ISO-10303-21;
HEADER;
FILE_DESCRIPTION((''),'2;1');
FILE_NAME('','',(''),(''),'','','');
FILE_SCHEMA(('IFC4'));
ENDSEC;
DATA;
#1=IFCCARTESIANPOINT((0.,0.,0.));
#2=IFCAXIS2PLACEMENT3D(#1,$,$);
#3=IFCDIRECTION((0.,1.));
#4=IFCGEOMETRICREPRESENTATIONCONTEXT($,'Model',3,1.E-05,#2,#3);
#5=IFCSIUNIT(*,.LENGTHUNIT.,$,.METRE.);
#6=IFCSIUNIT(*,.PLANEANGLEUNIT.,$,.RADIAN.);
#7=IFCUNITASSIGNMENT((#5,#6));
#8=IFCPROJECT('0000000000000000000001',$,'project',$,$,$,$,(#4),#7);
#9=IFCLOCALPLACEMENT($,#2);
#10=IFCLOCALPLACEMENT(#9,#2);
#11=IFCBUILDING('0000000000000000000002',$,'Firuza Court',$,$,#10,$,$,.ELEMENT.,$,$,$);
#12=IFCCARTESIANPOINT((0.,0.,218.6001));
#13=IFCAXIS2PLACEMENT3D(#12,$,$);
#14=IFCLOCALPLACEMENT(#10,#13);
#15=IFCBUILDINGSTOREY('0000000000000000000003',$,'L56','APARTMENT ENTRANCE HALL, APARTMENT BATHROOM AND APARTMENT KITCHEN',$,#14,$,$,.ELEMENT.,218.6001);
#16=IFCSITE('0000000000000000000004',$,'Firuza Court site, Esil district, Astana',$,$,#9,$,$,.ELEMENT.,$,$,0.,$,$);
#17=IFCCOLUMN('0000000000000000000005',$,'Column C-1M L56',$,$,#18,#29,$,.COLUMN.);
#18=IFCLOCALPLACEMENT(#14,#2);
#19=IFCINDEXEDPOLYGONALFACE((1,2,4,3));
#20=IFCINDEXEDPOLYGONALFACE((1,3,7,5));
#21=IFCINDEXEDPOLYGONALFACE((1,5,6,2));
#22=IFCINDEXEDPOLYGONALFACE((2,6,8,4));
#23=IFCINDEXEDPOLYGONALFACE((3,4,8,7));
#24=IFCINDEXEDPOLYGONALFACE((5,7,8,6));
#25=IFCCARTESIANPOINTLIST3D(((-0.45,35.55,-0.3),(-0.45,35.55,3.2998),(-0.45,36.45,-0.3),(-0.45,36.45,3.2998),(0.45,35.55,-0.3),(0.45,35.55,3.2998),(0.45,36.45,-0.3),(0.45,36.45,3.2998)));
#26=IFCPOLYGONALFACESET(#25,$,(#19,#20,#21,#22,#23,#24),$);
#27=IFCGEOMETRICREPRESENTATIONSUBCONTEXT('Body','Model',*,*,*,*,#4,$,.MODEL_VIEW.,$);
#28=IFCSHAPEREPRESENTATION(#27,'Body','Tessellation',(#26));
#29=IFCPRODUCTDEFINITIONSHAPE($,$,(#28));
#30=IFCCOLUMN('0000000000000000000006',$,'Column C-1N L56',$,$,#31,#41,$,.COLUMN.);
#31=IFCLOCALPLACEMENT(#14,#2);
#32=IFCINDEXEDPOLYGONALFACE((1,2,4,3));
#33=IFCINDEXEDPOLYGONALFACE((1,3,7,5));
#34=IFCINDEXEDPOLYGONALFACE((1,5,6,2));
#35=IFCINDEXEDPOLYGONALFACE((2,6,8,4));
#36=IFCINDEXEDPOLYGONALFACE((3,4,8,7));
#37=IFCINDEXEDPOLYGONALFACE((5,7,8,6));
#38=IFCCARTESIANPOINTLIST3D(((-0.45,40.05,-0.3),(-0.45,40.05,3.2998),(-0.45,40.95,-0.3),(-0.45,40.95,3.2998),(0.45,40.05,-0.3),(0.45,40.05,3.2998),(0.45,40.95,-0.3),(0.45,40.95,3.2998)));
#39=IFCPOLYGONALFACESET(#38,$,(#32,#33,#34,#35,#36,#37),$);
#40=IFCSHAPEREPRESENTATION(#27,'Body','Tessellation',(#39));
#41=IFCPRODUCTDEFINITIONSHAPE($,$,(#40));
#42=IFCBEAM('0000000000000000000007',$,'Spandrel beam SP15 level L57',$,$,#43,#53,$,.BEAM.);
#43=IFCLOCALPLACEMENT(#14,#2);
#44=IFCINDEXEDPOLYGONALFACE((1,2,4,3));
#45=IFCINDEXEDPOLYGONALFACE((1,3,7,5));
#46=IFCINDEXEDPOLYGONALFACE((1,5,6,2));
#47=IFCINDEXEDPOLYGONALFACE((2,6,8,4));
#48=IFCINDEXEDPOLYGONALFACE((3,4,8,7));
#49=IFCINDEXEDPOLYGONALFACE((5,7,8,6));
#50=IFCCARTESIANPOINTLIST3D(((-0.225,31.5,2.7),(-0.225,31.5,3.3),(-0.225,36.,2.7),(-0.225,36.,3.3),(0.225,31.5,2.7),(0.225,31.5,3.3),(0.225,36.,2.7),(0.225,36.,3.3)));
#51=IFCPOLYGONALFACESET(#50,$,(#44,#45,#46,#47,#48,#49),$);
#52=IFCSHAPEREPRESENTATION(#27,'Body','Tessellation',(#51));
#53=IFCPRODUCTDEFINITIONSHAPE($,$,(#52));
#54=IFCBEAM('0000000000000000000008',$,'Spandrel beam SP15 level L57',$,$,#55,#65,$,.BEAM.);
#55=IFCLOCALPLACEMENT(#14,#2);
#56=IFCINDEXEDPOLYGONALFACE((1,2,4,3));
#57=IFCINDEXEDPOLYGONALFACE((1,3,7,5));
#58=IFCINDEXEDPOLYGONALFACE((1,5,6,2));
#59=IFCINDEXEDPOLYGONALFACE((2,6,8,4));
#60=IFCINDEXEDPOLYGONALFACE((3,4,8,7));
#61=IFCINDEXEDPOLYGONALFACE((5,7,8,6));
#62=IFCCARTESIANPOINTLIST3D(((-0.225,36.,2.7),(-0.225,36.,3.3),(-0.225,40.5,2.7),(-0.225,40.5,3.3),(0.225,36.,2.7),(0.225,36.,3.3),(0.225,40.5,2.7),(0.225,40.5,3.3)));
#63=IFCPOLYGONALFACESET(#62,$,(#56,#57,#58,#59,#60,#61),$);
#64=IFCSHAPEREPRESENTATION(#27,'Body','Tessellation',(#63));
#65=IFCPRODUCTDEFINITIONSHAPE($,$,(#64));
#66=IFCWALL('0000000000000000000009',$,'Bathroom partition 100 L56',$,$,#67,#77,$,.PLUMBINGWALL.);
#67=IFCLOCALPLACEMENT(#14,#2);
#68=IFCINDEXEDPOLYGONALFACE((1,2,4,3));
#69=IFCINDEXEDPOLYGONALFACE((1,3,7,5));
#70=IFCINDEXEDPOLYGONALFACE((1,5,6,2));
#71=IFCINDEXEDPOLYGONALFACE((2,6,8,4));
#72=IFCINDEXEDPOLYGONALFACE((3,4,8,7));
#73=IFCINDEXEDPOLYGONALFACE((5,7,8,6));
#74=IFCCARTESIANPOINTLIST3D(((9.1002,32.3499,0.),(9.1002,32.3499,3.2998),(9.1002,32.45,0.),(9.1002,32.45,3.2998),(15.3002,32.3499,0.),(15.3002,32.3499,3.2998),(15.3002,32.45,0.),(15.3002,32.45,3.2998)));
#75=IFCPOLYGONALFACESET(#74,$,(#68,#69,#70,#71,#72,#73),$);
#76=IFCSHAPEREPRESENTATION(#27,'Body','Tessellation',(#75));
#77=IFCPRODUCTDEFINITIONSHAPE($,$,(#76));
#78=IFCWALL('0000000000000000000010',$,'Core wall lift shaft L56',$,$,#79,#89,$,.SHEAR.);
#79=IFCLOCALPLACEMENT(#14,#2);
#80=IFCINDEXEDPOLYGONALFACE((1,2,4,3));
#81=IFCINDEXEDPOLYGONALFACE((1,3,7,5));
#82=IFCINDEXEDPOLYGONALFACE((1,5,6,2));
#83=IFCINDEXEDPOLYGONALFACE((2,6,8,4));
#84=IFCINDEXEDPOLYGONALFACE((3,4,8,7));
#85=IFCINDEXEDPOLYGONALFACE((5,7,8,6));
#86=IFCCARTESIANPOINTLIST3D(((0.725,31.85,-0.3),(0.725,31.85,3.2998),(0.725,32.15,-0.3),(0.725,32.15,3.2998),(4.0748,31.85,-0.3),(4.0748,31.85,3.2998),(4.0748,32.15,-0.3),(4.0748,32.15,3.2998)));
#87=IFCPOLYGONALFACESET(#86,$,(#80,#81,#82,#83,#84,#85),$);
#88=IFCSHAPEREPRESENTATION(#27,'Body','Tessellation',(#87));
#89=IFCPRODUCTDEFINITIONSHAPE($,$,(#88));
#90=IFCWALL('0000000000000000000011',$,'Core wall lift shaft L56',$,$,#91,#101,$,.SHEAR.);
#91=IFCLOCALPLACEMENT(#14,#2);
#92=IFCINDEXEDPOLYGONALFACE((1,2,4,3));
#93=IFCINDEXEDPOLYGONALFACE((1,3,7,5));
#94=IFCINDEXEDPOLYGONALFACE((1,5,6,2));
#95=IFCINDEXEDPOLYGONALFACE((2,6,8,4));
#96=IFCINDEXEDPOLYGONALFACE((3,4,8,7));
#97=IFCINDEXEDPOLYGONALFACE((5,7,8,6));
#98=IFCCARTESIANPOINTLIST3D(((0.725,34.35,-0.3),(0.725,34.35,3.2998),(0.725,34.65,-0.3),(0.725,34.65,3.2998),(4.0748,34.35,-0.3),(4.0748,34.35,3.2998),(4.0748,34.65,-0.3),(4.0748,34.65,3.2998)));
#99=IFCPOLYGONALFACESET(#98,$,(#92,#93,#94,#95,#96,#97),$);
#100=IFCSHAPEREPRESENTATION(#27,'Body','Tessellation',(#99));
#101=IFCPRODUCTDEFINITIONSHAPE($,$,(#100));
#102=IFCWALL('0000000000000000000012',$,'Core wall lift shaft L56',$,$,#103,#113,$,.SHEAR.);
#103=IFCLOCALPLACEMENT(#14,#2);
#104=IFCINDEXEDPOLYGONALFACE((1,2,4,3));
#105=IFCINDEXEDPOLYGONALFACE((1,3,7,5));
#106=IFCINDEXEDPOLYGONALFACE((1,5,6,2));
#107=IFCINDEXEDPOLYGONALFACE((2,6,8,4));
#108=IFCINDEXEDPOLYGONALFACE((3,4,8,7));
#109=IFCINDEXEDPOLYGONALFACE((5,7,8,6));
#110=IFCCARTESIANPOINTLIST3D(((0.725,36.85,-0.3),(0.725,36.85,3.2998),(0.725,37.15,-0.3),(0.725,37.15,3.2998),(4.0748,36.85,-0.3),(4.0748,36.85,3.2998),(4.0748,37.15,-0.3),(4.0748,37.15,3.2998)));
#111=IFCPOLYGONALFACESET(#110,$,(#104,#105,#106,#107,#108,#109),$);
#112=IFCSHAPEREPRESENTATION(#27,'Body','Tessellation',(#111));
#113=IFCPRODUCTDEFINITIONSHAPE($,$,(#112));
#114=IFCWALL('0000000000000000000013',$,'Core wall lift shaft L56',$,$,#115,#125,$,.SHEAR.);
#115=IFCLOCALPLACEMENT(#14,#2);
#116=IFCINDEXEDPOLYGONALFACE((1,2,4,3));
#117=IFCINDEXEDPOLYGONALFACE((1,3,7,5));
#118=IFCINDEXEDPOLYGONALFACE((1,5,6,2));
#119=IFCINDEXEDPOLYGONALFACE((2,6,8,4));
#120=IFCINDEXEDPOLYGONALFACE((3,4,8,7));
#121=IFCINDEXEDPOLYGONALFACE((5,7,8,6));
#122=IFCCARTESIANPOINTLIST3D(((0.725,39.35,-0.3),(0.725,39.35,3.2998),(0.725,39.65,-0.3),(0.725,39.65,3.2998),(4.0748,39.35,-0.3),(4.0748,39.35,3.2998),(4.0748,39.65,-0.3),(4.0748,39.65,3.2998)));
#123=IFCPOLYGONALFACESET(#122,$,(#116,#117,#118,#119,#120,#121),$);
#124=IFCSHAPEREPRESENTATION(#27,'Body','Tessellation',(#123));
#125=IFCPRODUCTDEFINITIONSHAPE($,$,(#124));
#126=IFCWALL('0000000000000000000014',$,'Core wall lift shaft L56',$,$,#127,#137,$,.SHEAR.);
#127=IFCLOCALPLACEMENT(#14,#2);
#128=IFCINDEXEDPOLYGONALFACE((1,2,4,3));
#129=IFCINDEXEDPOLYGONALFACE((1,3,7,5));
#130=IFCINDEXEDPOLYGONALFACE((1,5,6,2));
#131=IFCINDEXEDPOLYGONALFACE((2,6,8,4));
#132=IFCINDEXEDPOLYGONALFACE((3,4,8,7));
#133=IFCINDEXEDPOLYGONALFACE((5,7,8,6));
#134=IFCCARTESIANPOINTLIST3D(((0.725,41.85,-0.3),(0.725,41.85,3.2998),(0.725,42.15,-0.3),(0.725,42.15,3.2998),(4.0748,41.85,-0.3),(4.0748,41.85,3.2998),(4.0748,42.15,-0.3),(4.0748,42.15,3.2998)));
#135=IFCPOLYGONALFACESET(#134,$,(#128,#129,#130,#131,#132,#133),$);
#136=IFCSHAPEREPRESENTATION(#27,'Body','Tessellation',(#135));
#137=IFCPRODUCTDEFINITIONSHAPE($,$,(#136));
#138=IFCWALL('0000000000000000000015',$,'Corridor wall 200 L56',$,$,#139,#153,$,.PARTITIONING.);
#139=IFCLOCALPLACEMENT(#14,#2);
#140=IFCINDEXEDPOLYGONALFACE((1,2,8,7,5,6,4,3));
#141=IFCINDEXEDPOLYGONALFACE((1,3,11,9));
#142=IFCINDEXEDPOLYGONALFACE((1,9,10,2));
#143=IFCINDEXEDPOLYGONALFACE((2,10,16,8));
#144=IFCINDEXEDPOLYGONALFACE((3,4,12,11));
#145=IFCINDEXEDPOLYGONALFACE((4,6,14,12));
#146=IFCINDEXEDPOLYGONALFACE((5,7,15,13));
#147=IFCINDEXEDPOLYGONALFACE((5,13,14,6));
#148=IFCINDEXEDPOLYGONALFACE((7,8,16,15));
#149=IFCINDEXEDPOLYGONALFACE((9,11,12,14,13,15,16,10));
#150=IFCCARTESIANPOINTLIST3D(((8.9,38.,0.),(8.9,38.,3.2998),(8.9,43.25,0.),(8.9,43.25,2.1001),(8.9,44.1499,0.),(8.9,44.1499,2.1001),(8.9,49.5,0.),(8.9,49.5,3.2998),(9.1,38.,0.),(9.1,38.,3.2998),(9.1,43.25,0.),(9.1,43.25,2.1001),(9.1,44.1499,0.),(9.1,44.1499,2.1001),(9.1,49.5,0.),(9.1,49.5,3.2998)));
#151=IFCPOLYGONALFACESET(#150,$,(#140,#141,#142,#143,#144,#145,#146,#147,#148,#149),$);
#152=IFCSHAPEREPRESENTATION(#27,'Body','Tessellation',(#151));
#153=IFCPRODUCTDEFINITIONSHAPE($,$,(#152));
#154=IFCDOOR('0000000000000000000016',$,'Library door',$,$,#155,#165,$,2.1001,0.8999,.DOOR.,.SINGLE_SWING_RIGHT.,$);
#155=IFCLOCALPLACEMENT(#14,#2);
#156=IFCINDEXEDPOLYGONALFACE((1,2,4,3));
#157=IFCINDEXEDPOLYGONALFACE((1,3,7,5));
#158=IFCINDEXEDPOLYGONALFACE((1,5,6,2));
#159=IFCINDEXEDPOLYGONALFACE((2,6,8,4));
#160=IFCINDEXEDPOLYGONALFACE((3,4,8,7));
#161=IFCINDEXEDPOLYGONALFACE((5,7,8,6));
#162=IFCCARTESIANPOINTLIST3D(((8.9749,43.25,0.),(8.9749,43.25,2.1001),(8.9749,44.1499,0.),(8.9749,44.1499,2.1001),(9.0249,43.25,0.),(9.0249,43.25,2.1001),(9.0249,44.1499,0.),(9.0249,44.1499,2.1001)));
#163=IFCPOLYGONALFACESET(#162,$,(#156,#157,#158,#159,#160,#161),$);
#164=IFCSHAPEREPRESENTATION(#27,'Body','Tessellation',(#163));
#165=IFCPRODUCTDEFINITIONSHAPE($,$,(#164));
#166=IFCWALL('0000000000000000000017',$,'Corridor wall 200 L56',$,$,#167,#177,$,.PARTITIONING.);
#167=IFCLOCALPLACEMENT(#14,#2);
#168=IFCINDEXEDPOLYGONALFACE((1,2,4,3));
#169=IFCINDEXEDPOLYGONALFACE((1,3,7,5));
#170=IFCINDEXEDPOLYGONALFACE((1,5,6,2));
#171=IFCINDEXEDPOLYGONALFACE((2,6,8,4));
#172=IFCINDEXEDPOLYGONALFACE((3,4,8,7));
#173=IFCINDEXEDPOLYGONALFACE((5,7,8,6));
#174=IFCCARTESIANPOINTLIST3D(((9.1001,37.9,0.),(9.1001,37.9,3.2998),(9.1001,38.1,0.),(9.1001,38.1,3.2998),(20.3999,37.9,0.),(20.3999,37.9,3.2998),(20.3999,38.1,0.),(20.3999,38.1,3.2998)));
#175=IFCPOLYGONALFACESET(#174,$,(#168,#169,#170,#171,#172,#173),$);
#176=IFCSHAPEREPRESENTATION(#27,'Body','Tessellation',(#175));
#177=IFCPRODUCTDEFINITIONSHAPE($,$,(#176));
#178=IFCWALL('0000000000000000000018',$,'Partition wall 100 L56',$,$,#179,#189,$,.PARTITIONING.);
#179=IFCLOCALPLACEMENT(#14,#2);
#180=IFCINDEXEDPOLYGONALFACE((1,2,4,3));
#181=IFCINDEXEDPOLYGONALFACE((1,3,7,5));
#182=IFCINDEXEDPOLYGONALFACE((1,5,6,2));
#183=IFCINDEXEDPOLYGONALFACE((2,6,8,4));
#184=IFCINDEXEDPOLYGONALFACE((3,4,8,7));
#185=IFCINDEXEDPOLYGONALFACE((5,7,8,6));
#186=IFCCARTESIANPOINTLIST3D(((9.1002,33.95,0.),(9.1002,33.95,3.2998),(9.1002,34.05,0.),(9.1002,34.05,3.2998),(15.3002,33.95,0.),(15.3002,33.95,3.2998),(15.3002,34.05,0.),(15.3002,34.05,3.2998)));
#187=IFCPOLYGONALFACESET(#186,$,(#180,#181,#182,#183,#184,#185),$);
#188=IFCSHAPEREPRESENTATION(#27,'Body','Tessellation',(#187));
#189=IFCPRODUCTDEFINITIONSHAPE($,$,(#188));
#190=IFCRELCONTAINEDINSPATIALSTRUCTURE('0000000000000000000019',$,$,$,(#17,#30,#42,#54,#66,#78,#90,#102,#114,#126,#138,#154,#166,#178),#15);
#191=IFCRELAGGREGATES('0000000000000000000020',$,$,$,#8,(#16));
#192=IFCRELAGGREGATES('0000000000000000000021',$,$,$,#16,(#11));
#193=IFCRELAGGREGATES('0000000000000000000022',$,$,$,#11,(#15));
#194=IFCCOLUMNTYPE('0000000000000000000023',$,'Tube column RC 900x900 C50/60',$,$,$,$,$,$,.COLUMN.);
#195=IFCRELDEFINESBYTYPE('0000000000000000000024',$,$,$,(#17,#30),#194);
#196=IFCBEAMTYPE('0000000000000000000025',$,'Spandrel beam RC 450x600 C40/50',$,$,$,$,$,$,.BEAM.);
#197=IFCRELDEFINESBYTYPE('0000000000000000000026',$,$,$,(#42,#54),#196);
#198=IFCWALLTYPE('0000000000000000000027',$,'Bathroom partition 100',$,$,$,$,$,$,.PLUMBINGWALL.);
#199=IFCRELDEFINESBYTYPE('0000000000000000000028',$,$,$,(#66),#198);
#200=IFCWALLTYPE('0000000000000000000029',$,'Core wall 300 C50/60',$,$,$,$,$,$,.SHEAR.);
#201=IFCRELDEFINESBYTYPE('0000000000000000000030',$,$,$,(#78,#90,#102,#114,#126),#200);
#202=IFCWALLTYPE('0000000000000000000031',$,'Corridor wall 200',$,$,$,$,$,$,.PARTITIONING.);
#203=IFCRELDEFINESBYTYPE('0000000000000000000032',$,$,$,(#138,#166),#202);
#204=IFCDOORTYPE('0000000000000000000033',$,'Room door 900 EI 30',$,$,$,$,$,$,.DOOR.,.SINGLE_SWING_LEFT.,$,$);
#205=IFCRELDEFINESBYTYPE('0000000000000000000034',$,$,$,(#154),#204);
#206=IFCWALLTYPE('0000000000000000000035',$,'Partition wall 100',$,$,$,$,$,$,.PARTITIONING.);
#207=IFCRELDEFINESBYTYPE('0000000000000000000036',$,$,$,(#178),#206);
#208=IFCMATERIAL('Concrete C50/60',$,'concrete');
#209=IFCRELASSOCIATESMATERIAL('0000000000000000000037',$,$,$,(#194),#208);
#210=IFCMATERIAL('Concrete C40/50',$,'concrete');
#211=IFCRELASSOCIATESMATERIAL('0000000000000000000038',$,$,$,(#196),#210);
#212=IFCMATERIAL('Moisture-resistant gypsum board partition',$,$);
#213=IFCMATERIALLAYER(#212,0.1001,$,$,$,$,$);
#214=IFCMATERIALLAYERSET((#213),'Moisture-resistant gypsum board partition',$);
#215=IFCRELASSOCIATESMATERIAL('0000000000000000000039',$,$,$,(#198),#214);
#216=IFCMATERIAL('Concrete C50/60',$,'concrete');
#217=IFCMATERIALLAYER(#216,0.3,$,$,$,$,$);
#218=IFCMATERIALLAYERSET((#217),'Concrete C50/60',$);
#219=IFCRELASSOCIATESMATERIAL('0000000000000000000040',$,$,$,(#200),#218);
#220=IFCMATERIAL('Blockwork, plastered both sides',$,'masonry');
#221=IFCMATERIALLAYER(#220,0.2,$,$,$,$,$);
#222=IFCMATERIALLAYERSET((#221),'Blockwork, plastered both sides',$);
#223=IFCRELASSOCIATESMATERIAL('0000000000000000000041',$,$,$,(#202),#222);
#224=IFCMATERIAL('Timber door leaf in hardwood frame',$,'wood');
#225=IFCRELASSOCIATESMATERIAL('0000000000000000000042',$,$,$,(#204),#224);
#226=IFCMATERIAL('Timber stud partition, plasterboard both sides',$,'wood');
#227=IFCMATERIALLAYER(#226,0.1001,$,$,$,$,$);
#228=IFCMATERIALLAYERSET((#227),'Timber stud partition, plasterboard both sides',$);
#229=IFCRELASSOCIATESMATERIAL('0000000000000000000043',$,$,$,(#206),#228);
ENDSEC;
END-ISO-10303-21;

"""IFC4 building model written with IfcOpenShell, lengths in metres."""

from ifc_helpers import new_model, si_unit, direction, frame, frame_2d, origin, origin_2d, place, context, subcontext, project, spatial, rectangle, extrude, material, layer, layer_set, material_profile, profile_set, type_object, element, fill, save


model = new_model("IFC4")

# Units and contexts
model_context = context("Model", 3, precision=1e-05, world=origin(), true_north=direction((0.0, 1.0)))
body_context = subcontext(model_context, "Body", "Model", "MODEL_VIEW")
ifc_project = project(units=[si_unit("LENGTHUNIT", "METRE"), si_unit("PLANEANGLEUNIT", "RADIAN")], contexts=[model_context])

# Site, building, storey
site_placement = place(None, origin())
site = spatial("IfcSite", under=ifc_project, at=site_placement, Name="Firuza Court site, Esil district, Astana", CompositionType="ELEMENT", RefElevation=0.0)
building_placement = place(site_placement, origin())
building = spatial("IfcBuilding", under=site, at=building_placement, Name="Firuza Court", CompositionType="ELEMENT")
storey_placement = place(building_placement, frame((0.0, 0.0, 218.6001)))
storey = spatial("IfcBuildingStorey", under=building, at=storey_placement, Name="L56", Description="APARTMENT ENTRANCE HALL, APARTMENT BATHROOM AND APARTMENT KITCHEN", CompositionType="ELEMENT", Elevation=218.6001)

# Columns
ifc_material_1 = material(Name="Concrete C50/60", Category="concrete")
ifc_material_profile_1 = material_profile(ifc_material_1, rectangle(XDim=0.8999, YDim=0.8999, at=origin_2d()), Name="RC 900x900")
ifc_profile_set_1 = profile_set([ifc_material_profile_1], Name="Concrete C50/60")
column_type = type_object("IfcColumnType", Name="Tube column RC 900x900 C50/60", PredefinedType="COLUMN", material=ifc_profile_set_1)
for number, where, z_axis, x_axis, name in (
    (1, (0.0, 36.0, -0.3), (0.0, 0.0, 1.0), (1.0, 0.0, 0.0), "Column C-1M L56"),
    (2, (0.0, 40.5, -0.3), (0.0, 0.0, 1.0), (1.0, 0.0, 0.0), "Column C-1N L56"),
):
    element("IfcColumn", number, at=place(storey_placement, frame(where, z_axis=z_axis, x_axis=x_axis)), inside=storey, type_object=column_type, Name=name, PredefinedType="COLUMN", context=body_context, shape_type="SweptSolid", body=[
        extrude(rectangle(XDim=0.8999, YDim=0.8999, at=origin_2d()), origin(), (0.0, 0.0, 1.0), 3.5999),
    ])

# Beams
ifc_material_2 = material(Name="Concrete C40/50", Category="concrete")
ifc_material_profile_2 = material_profile(ifc_material_2, rectangle(XDim=0.45, YDim=0.6001, at=origin_2d()), Name="RC 450x600")
ifc_profile_set_2 = profile_set([ifc_material_profile_2], Name="Concrete C40/50")
beam_type = type_object("IfcBeamType", Name="Spandrel beam RC 450x600 C40/50", PredefinedType="BEAM", material=ifc_profile_set_2)
for number, where, z_axis, x_axis, name in (
    (3, (0.0, 36.0, 3.0), (0.0, -1.0, 0.0), (1.0, 0.0, 0.0), "Spandrel beam SP15 level L57"),
    (4, (0.0, 40.5, 3.0), (0.0, -1.0, 0.0), (1.0, 0.0, 0.0), "Spandrel beam SP15 level L57"),
):
    element("IfcBeam", number, at=place(storey_placement, frame(where, z_axis=z_axis, x_axis=x_axis)), inside=storey, type_object=beam_type, Name=name, PredefinedType="BEAM", context=body_context, shape_type="SweptSolid", body=[
        extrude(rectangle(XDim=0.45, YDim=0.6001, at=origin_2d()), origin(), (0.0, 0.0, 1.0), 4.5),
    ])

# Walls
ifc_material_3 = material(Name="Moisture-resistant gypsum board partition")
ifc_layer_1 = layer(ifc_material_3, 0.1001)
ifc_layer_set_1 = layer_set([ifc_layer_1], Name="Moisture-resistant gypsum board partition")
wall_type_1 = type_object("IfcWallType", Name="Bathroom partition 100", PredefinedType="PLUMBINGWALL", material=ifc_layer_set_1)
wall_1_placement = place(storey_placement, frame((9.1001, 32.3999, 0.0), z_axis=(0.0, 0.0, 1.0), x_axis=(1.0, 0.0, 0.0)))
element("IfcWall", 5, at=wall_1_placement, inside=storey, type_object=wall_type_1, Name="Bathroom partition 100 L56", PredefinedType="PLUMBINGWALL", context=body_context, shape_type="SweptSolid", body=[
    extrude(rectangle(XDim=6.2, YDim=0.1001, at=frame_2d((3.1001, 0.0))), origin(), (0.0, 0.0, 1.0), 3.2998),
])
ifc_material_4 = material(Name="Concrete C50/60", Category="concrete")
ifc_layer_2 = layer(ifc_material_4, 0.3)
ifc_layer_set_2 = layer_set([ifc_layer_2], Name="Concrete C50/60")
wall_type_2 = type_object("IfcWallType", Name="Core wall 300 C50/60", PredefinedType="SHEAR", material=ifc_layer_set_2)
for number, where, z_axis, x_axis, name in (
    (6, (0.7251, 32.0, -0.3), (0.0, 0.0, 1.0), (1.0, 0.0, 0.0), "Core wall lift shaft L56"),
    (7, (0.7251, 34.5, -0.3), (0.0, 0.0, 1.0), (1.0, 0.0, 0.0), "Core wall lift shaft L56"),
    (8, (0.7251, 37.0, -0.3), (0.0, 0.0, 1.0), (1.0, 0.0, 0.0), "Core wall lift shaft L56"),
    (9, (0.7251, 39.5, -0.3), (0.0, 0.0, 1.0), (1.0, 0.0, 0.0), "Core wall lift shaft L56"),
    (10, (0.7251, 42.0, -0.3), (0.0, 0.0, 1.0), (1.0, 0.0, 0.0), "Core wall lift shaft L56"),
):
    element("IfcWall", number, at=place(storey_placement, frame(where, z_axis=z_axis, x_axis=x_axis)), inside=storey, type_object=wall_type_2, Name=name, PredefinedType="SHEAR", context=body_context, shape_type="SweptSolid", body=[
        extrude(rectangle(XDim=3.3499, YDim=0.3, at=frame_2d((1.6748, 0.0))), origin(), (0.0, 0.0, 1.0), 3.5999),
    ])

# Wall, opening, door
ifc_material_5 = material(Name="Blockwork, plastered both sides", Category="masonry")
ifc_layer_3 = layer(ifc_material_5, 0.2)
ifc_layer_set_3 = layer_set([ifc_layer_3], Name="Blockwork, plastered both sides")
wall_type_3 = type_object("IfcWallType", Name="Corridor wall 200", PredefinedType="PARTITIONING", material=ifc_layer_set_3)
wall_2_placement = place(storey_placement, frame((9.0, 38.0, 0.0), z_axis=(0.0, 0.0, 1.0), x_axis=(0.0, 1.0, 0.0)))
wall_2 = element("IfcWall", 11, at=wall_2_placement, inside=storey, type_object=wall_type_3, Name="Corridor wall 200 L56", PredefinedType="PARTITIONING", context=body_context, shape_type="SweptSolid", body=[
    extrude(rectangle(XDim=11.5, YDim=0.2, at=frame_2d((5.75, 0.0))), origin(), (0.0, 0.0, 1.0), 3.2998),
])
opening_1_placement = place(wall_2_placement, frame((5.25, 0.0, 0.0)))
opening_1 = element("IfcOpeningElement", 12, at=opening_1_placement, cuts=wall_2, PredefinedType="OPENING", context=body_context, shape_type="SweptSolid", body=[
    extrude(rectangle(XDim=0.8999, YDim=2.1001, at=frame_2d((0.45, 1.05))), frame((0.0, 0.1118, 0.0), z_axis=(0.0, -1.0, 0.0), x_axis=(1.0, 0.0, 0.0)), (0.0, 0.0, 1.0), 0.2239),
])
ifc_material_6 = material(Name="Timber door leaf in hardwood frame", Category="wood")
door_type_1 = type_object("IfcDoorType", Name="Room door 900 EI 30", OperationType="SINGLE_SWING_LEFT", PredefinedType="DOOR", material=ifc_material_6)
door_1_placement = place(opening_1_placement, frame((0.8999, 0.0, 0.0), z_axis=(0.0, 0.0, 1.0), x_axis=(-1.0, 0.0, 0.0)))
door_1 = element("IfcDoor", 13, at=door_1_placement, inside=storey, type_object=door_type_1, Name="Library door", OperationType="SINGLE_SWING_RIGHT", OverallHeight=2.1001, OverallWidth=0.8999, PredefinedType="DOOR", context=body_context, shape_type="SweptSolid", body=[
    extrude(rectangle(XDim=0.8999, YDim=2.1001, at=frame_2d((0.45, 1.05))), frame((0.0, 0.0249, 0.0), z_axis=(0.0, -1.0, 0.0), x_axis=(1.0, 0.0, 0.0)), (0.0, 0.0, 1.0), 0.05),
])
fill(opening_1, door_1)

# Walls
wall_3_placement = place(storey_placement, frame((9.1001, 38.0, 0.0), z_axis=(0.0, 0.0, 1.0), x_axis=(1.0, 0.0, 0.0)))
element("IfcWall", 14, at=wall_3_placement, inside=storey, type_object=wall_type_3, Name="Corridor wall 200 L56", PredefinedType="PARTITIONING", context=body_context, shape_type="SweptSolid", body=[
    extrude(rectangle(XDim=11.2998, YDim=0.2, at=frame_2d((5.6499, 0.0))), origin(), (0.0, 0.0, 1.0), 3.2998),
])
ifc_material_7 = material(Name="Timber stud partition, plasterboard both sides", Category="wood")
ifc_layer_4 = layer(ifc_material_7, 0.1001)
ifc_layer_set_4 = layer_set([ifc_layer_4], Name="Timber stud partition, plasterboard both sides")
wall_type_4 = type_object("IfcWallType", Name="Partition wall 100", PredefinedType="PARTITIONING", material=ifc_layer_set_4)
wall_4_placement = place(storey_placement, frame((9.1001, 34.0, 0.0), z_axis=(0.0, 0.0, 1.0), x_axis=(1.0, 0.0, 0.0)))
element("IfcWall", 15, at=wall_4_placement, inside=storey, type_object=wall_type_4, Name="Partition wall 100 L56", PredefinedType="PARTITIONING", context=body_context, shape_type="SweptSolid", body=[
    extrude(rectangle(XDim=6.2, YDim=0.1001, at=frame_2d((3.1001, 0.0))), origin(), (0.0, 0.0, 1.0), 3.2998),
])

save(model, "model.ifc")
